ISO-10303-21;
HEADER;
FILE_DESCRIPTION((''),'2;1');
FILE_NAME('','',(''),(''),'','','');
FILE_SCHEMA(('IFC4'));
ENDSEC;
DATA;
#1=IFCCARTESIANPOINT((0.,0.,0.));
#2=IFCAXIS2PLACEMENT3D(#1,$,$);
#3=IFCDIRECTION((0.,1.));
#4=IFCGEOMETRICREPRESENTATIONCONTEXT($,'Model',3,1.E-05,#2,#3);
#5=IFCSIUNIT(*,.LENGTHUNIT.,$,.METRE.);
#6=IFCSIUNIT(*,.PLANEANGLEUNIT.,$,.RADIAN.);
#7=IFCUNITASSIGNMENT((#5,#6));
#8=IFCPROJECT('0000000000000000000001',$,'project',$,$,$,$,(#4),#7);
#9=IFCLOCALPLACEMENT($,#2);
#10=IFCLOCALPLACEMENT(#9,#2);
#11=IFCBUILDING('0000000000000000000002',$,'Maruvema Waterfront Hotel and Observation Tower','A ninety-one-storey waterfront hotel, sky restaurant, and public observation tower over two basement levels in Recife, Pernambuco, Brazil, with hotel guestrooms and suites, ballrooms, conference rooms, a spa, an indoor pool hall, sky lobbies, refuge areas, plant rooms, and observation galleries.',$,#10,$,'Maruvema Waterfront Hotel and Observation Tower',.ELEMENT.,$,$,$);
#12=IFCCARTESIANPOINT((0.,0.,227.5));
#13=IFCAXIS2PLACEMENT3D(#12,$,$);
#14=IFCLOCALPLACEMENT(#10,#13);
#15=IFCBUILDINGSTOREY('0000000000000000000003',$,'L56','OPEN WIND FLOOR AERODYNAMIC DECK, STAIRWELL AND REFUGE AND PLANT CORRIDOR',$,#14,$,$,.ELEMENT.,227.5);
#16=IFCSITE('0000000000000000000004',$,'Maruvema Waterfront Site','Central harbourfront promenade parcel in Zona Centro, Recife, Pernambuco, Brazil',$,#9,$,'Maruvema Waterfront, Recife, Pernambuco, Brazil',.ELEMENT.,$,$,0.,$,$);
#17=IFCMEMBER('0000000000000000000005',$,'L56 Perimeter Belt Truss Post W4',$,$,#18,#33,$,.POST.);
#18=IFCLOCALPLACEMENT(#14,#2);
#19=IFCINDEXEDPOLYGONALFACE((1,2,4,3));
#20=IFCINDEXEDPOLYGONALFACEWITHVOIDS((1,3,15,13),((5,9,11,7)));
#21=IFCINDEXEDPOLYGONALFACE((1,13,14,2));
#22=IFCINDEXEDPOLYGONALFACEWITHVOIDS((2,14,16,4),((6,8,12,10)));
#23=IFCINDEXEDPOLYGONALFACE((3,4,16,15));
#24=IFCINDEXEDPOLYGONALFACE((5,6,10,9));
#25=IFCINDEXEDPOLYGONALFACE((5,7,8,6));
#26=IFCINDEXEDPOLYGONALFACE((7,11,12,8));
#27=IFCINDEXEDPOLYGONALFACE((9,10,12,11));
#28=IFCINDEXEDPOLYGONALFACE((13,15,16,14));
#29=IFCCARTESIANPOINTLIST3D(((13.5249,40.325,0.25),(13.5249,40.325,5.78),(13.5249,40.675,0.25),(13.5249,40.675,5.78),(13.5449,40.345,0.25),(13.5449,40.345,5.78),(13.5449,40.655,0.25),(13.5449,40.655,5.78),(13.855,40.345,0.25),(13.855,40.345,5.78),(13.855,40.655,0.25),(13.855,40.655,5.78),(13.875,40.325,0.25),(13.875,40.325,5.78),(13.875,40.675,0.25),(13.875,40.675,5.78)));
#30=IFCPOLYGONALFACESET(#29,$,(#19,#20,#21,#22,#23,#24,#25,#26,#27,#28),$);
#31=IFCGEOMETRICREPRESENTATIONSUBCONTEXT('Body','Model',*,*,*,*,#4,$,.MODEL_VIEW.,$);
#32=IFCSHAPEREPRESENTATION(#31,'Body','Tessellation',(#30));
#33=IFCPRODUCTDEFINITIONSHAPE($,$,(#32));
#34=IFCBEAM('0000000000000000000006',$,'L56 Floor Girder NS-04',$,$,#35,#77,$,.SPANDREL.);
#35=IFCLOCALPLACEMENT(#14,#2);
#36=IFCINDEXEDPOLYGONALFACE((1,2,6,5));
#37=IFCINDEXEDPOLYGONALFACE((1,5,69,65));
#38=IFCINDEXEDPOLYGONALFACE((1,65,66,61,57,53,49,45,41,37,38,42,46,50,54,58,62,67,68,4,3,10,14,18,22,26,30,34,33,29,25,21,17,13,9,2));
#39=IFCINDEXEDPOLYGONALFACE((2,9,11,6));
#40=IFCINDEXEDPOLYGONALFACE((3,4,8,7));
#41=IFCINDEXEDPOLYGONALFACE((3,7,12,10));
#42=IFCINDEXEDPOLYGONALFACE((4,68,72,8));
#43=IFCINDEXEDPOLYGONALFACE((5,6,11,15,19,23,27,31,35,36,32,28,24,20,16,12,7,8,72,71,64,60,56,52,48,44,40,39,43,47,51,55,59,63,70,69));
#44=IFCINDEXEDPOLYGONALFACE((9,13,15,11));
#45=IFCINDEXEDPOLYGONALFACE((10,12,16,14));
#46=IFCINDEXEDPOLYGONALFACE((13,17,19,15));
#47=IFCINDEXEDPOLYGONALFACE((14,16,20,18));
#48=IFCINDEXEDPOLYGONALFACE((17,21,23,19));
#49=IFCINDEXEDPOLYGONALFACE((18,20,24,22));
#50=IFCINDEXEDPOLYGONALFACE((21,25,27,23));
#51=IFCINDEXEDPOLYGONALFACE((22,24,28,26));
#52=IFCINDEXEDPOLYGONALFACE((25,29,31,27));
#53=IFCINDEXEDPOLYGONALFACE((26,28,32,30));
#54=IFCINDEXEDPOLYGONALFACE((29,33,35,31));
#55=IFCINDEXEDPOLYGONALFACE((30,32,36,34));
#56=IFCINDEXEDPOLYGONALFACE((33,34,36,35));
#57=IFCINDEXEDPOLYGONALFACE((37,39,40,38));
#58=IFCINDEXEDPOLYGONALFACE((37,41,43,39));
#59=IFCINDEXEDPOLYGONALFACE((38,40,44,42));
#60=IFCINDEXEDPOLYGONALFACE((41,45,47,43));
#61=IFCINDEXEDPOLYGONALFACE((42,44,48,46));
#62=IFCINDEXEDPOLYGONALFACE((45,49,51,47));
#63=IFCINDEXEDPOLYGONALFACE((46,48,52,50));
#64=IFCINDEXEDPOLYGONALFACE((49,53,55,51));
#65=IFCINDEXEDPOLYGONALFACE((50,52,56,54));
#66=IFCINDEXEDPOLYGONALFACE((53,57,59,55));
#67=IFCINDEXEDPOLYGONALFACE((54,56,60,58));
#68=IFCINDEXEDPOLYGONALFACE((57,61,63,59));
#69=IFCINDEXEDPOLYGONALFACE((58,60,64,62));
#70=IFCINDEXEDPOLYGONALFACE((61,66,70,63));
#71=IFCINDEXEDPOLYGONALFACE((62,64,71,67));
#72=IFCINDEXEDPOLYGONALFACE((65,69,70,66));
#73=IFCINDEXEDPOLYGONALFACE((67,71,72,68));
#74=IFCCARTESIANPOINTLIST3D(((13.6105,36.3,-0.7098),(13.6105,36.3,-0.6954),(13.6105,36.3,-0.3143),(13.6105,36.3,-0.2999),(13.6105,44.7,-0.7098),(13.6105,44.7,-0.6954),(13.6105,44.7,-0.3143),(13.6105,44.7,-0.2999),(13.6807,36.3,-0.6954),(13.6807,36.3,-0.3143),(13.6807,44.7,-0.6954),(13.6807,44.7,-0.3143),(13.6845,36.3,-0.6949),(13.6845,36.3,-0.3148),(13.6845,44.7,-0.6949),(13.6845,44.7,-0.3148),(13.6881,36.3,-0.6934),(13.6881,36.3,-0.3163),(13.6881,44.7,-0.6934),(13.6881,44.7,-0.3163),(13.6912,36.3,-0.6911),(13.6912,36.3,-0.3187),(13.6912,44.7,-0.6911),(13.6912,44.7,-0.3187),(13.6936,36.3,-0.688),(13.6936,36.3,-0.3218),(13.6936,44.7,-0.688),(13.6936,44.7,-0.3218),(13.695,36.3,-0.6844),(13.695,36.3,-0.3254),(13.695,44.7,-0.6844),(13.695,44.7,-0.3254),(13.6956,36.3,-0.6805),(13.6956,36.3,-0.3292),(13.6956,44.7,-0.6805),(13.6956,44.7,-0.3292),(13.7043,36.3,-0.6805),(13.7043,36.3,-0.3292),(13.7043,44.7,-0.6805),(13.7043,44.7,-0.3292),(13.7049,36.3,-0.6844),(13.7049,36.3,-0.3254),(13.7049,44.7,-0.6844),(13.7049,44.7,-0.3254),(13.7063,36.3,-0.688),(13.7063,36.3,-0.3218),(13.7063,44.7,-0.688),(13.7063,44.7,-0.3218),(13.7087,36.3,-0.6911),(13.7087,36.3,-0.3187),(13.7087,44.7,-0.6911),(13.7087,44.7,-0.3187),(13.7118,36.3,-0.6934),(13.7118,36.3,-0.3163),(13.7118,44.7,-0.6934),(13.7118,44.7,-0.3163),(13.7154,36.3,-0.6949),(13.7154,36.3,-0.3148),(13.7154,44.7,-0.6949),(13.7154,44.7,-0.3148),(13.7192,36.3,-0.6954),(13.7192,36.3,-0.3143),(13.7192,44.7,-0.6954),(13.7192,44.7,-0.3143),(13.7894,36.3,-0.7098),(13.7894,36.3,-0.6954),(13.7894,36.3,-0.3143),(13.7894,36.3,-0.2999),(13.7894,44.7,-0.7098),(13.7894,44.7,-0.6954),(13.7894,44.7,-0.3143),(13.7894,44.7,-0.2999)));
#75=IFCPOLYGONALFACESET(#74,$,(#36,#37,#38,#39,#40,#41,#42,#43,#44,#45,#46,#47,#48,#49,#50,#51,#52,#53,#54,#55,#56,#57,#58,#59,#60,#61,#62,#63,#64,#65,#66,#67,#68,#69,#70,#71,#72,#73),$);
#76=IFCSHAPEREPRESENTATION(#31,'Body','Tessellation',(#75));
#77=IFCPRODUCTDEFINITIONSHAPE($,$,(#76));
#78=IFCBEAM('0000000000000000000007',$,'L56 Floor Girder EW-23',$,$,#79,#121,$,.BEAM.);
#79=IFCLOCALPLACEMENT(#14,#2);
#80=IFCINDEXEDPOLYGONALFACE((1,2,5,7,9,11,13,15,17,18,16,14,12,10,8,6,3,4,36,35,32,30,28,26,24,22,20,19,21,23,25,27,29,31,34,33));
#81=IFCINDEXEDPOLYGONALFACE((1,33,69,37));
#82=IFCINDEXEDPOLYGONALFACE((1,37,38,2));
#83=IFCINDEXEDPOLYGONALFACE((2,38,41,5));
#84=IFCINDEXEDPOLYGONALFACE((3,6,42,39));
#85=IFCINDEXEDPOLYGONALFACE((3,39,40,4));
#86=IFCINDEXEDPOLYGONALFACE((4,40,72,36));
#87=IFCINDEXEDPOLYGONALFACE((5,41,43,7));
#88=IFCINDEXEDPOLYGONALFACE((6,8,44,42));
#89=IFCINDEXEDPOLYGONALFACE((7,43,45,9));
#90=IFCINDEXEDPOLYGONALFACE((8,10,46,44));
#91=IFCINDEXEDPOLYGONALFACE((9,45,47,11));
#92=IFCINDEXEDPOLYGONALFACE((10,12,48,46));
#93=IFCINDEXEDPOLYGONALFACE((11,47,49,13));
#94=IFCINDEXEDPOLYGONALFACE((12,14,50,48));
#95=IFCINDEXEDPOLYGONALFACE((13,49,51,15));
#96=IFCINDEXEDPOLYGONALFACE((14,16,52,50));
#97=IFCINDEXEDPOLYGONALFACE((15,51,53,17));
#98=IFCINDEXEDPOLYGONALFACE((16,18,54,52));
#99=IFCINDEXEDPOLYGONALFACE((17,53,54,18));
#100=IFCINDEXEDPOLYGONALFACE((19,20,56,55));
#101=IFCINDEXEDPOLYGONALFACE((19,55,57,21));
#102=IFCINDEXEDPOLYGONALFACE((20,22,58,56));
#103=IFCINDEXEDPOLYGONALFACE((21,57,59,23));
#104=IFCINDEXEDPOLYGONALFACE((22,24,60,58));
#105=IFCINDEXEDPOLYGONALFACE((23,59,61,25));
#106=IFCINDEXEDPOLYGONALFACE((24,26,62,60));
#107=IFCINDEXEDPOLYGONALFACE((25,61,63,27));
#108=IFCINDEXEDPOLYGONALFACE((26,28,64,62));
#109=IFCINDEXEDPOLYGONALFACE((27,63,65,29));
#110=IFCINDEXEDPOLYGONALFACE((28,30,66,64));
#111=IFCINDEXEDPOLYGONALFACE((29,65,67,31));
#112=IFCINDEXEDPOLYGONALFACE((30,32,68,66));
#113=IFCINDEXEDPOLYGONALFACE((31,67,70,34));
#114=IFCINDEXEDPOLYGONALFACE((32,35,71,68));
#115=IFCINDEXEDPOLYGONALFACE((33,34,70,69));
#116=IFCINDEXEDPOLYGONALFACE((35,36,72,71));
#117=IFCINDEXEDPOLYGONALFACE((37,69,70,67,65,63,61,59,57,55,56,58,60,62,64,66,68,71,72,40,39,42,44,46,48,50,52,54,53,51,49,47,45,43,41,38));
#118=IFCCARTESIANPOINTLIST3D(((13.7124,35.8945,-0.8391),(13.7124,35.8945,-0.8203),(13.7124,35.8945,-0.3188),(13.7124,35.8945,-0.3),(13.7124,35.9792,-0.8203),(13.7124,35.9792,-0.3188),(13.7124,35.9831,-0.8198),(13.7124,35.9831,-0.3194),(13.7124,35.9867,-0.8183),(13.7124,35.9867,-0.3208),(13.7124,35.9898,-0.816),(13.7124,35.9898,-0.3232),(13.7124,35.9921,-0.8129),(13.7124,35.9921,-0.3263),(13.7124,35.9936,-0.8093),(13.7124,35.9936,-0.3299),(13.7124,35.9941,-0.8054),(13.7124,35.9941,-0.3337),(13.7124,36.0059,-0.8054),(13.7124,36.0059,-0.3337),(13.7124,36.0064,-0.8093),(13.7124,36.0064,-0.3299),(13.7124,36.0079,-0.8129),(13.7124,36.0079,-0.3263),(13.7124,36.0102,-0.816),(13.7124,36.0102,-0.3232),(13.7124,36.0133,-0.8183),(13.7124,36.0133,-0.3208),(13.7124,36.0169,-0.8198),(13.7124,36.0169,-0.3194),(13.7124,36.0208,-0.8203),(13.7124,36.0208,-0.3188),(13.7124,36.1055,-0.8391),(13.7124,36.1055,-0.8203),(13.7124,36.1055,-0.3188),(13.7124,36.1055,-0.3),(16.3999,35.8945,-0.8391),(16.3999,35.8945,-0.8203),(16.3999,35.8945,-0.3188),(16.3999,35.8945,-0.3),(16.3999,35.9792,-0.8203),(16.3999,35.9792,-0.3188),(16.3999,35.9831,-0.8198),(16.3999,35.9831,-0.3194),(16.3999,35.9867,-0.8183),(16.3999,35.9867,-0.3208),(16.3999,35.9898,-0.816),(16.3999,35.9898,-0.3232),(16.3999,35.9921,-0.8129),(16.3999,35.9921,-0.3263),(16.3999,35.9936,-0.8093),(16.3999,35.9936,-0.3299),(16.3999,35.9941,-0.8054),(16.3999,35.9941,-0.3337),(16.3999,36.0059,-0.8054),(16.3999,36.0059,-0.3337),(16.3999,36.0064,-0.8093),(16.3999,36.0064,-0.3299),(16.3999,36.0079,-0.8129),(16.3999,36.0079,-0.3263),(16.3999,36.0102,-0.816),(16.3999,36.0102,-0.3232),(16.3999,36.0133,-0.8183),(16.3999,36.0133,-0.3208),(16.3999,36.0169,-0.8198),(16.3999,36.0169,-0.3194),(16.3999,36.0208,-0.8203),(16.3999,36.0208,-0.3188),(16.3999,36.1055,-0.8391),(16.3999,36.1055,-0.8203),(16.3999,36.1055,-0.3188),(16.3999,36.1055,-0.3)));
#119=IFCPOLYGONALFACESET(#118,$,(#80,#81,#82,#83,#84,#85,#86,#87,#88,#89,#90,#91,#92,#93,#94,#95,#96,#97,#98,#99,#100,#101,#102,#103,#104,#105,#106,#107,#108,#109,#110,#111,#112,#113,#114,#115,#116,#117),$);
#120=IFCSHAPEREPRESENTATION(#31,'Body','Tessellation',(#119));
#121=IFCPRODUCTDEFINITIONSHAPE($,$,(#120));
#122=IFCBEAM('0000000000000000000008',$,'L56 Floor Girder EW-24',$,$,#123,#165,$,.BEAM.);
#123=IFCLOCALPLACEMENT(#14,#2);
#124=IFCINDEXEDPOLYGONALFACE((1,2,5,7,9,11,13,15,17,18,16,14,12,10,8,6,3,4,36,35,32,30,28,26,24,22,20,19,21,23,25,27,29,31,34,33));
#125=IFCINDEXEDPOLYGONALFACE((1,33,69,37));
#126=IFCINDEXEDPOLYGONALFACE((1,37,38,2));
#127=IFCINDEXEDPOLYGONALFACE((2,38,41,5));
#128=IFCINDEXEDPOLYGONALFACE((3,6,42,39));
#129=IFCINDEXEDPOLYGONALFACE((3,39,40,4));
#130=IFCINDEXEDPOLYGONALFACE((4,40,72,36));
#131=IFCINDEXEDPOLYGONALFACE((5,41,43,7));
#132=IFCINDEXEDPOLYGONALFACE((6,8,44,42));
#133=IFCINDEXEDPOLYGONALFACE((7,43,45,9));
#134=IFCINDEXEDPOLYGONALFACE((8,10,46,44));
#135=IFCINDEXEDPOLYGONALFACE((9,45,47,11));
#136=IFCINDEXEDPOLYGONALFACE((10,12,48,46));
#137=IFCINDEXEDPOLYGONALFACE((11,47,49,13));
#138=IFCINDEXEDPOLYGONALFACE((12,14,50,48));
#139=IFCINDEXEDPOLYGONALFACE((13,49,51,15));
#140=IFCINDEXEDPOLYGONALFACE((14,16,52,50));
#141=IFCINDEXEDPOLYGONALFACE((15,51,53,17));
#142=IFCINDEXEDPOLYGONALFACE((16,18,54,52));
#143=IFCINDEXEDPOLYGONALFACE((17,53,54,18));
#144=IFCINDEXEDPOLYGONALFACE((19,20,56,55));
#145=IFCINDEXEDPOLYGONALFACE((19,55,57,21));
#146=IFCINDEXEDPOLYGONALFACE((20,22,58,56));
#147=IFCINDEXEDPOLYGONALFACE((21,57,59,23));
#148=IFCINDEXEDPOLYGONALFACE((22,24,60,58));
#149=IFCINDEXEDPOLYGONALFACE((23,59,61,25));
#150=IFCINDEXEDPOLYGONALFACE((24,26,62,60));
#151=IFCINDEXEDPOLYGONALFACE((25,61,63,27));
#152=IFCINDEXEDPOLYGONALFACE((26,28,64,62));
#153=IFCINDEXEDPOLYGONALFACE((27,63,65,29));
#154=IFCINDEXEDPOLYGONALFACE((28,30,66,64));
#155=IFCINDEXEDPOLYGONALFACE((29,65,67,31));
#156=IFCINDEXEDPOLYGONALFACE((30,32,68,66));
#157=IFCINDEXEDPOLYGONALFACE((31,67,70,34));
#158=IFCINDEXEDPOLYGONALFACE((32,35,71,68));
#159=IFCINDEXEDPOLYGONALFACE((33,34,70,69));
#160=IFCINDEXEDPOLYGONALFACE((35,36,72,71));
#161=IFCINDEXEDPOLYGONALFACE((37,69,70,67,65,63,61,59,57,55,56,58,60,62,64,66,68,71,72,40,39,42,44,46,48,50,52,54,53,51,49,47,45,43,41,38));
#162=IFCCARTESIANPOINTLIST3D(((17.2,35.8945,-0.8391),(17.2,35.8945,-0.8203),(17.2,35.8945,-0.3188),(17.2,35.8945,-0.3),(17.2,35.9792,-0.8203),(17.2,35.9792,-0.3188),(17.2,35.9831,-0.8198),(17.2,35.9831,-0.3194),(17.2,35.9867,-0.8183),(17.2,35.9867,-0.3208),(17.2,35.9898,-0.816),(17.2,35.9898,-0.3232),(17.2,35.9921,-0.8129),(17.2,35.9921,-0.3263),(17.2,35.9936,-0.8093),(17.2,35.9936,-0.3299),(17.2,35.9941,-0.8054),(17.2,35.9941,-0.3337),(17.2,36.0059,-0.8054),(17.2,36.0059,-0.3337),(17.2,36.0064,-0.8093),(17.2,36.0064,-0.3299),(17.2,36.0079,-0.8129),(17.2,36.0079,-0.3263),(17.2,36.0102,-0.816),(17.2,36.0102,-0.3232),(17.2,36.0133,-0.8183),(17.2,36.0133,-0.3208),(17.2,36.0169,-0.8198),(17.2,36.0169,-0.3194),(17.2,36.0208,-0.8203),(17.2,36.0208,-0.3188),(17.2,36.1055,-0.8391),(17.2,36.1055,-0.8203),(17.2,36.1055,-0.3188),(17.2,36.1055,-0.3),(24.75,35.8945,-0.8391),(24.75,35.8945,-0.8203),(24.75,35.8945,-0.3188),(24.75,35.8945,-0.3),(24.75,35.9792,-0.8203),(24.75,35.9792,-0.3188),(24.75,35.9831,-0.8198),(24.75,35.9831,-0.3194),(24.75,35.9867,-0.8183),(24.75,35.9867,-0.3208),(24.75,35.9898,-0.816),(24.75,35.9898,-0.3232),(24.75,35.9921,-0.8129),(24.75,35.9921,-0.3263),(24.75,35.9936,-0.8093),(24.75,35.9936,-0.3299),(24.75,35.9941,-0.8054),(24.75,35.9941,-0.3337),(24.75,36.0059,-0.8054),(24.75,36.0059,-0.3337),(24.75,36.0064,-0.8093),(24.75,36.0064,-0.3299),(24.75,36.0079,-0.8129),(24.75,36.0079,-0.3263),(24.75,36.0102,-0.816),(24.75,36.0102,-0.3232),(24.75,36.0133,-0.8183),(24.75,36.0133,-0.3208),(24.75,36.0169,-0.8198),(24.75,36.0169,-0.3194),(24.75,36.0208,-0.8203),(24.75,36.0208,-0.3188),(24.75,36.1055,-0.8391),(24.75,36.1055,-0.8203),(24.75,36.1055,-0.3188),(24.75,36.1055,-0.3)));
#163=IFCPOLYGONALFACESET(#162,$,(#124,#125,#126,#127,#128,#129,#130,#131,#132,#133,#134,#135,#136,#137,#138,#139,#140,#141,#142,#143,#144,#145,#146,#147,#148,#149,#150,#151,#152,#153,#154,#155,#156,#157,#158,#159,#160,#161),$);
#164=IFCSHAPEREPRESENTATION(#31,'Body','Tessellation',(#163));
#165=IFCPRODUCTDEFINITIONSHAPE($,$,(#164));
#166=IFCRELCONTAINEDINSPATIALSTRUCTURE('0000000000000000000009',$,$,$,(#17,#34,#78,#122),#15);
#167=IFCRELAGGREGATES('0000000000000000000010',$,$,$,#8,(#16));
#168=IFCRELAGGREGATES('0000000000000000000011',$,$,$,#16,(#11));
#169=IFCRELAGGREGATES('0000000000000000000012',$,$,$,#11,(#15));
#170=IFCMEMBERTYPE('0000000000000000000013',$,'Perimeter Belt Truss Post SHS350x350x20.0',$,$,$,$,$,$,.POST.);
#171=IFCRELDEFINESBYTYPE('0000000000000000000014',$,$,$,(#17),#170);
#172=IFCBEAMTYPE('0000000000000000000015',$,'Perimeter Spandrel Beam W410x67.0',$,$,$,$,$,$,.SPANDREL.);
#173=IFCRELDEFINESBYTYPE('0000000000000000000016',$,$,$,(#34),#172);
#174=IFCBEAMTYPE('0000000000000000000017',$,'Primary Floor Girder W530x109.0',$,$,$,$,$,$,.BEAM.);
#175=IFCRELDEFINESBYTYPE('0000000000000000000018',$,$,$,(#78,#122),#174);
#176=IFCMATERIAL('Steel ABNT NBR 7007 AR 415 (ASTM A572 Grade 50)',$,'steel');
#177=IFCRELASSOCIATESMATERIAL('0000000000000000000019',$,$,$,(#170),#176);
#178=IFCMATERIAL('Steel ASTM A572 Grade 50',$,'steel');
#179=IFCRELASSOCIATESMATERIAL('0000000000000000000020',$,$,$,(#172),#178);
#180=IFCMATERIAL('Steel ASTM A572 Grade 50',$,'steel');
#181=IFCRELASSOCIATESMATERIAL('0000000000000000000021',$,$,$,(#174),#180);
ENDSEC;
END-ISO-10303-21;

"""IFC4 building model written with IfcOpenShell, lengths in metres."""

from ifc_helpers import new_model, si_unit, direction, frame, origin, origin_2d, place, context, subcontext, project, spatial, hollow_rectangle, i_section, extrude, material, material_profile, profile_set, type_object, element, save


model = new_model("IFC4")

# Units and contexts
model_context = context("Model", 3, precision=1e-05, world=origin(), true_north=direction((0.0, 1.0)))
body_context = subcontext(model_context, "Body", "Model", "MODEL_VIEW")
ifc_project = project(units=[si_unit("LENGTHUNIT", "METRE"), si_unit("PLANEANGLEUNIT", "RADIAN")], contexts=[model_context])

# Site, building, storey
site_placement = place(None, origin())
site = spatial("IfcSite", under=ifc_project, at=site_placement, Name="Maruvema Waterfront Site", Description="Central harbourfront promenade parcel in Zona Centro, Recife, Pernambuco, Brazil", LongName="Maruvema Waterfront, Recife, Pernambuco, Brazil", CompositionType="ELEMENT", RefElevation=0.0)
building_placement = place(site_placement, origin())
building = spatial("IfcBuilding", under=site, at=building_placement, Name="Maruvema Waterfront Hotel and Observation Tower", Description="A ninety-one-storey waterfront hotel, sky restaurant, and public observation tower over two basement levels in Recife, Pernambuco, Brazil, with hotel guestrooms and suites, ballrooms, conference rooms, a spa, an indoor pool hall, sky lobbies, refuge areas, plant rooms, and observation galleries.", LongName="Maruvema Waterfront Hotel and Observation Tower", CompositionType="ELEMENT")
storey_placement = place(building_placement, frame((0.0, 0.0, 227.5)))
storey = spatial("IfcBuildingStorey", under=building, at=storey_placement, Name="L56", Description="OPEN WIND FLOOR AERODYNAMIC DECK, STAIRWELL AND REFUGE AND PLANT CORRIDOR", CompositionType="ELEMENT", Elevation=227.5)

# Member
ifc_material_1 = material(Name="Steel ABNT NBR 7007 AR 415 (ASTM A572 Grade 50)", Category="steel")
ifc_material_profile_1 = material_profile(ifc_material_1, hollow_rectangle(XDim=0.3501, YDim=0.3501, WallThickness=0.02, at=origin_2d()), Name="SHS350x350x20.0")
ifc_profile_set_1 = profile_set([ifc_material_profile_1], Name="Steel ABNT NBR 7007 AR 415 (ASTM A572 Grade 50)")
member_type_1 = type_object("IfcMemberType", Name="Perimeter Belt Truss Post SHS350x350x20.0", PredefinedType="POST", material=ifc_profile_set_1)
member_1_placement = place(storey_placement, frame((13.7, 40.5, 0.25), z_axis=(0.0, 0.0, 1.0), x_axis=(1.0, 0.0, 0.0)))
element("IfcMember", 1, at=member_1_placement, inside=storey, type_object=member_type_1, Name="L56 Perimeter Belt Truss Post W4", PredefinedType="POST", context=body_context, shape_type="SweptSolid", body=[
    extrude(hollow_rectangle(XDim=0.3501, YDim=0.3501, WallThickness=0.02, at=origin_2d()), origin(), (0.0, 0.0, 1.0), 5.53),
])

# Beams
ifc_material_2 = material(Name="Steel ASTM A572 Grade 50", Category="steel")
ifc_material_profile_2 = material_profile(ifc_material_2, i_section(OverallWidth=0.179, OverallDepth=0.4099, WebThickness=0.0088, FlangeThickness=0.0144, FilletRadius=0.0149, at=origin_2d()), Name="W410x67.0")
ifc_profile_set_2 = profile_set([ifc_material_profile_2], Name="Steel ASTM A572 Grade 50")
beam_type_1 = type_object("IfcBeamType", Name="Perimeter Spandrel Beam W410x67.0", PredefinedType="SPANDREL", material=ifc_profile_set_2)
beam_1_placement = place(storey_placement, frame((13.7, 36.3, -0.5049), z_axis=(0.0, 1.0, 0.0), x_axis=(-1.0, 0.0, 0.0)))
element("IfcBeam", 2, at=beam_1_placement, inside=storey, type_object=beam_type_1, Name="L56 Floor Girder NS-04", PredefinedType="SPANDREL", context=body_context, shape_type="SweptSolid", body=[
    extrude(i_section(OverallWidth=0.179, OverallDepth=0.4099, WebThickness=0.0088, FlangeThickness=0.0144, FilletRadius=0.0149, at=origin_2d()), origin(), (0.0, 0.0, 1.0), 8.3999),
])
ifc_material_3 = material(Name="Steel ASTM A572 Grade 50", Category="steel")
ifc_material_profile_3 = material_profile(ifc_material_3, i_section(OverallWidth=0.2109, OverallDepth=0.5391, WebThickness=0.0117, FlangeThickness=0.0188, FilletRadius=0.0149, at=origin_2d()), Name="W530x109.0")
ifc_profile_set_3 = profile_set([ifc_material_profile_3], Name="Steel ASTM A572 Grade 50")
beam_type_2 = type_object("IfcBeamType", Name="Primary Floor Girder W530x109.0", PredefinedType="BEAM", material=ifc_profile_set_3)
beam_2_placement = place(storey_placement, frame((13.7124, 36.0, -0.5696), z_axis=(1.0, 0.0, 0.0), x_axis=(0.0, 1.0, 0.0)))
element("IfcBeam", 3, at=beam_2_placement, inside=storey, type_object=beam_type_2, Name="L56 Floor Girder EW-23", PredefinedType="BEAM", context=body_context, shape_type="SweptSolid", body=[
    extrude(i_section(OverallWidth=0.2109, OverallDepth=0.5391, WebThickness=0.0117, FlangeThickness=0.0188, FilletRadius=0.0149, at=origin_2d()), origin(), (0.0, 0.0, 1.0), 2.6875),
])
beam_3_placement = place(storey_placement, frame((17.2, 36.0, -0.5696), z_axis=(1.0, 0.0, 0.0), x_axis=(0.0, 1.0, 0.0)))
element("IfcBeam", 4, at=beam_3_placement, inside=storey, type_object=beam_type_2, Name="L56 Floor Girder EW-24", PredefinedType="BEAM", context=body_context, shape_type="SweptSolid", body=[
    extrude(i_section(OverallWidth=0.2109, OverallDepth=0.5391, WebThickness=0.0117, FlangeThickness=0.0188, FilletRadius=0.0149, at=origin_2d()), origin(), (0.0, 0.0, 1.0), 7.55),
])

save(model, "model.ifc")
